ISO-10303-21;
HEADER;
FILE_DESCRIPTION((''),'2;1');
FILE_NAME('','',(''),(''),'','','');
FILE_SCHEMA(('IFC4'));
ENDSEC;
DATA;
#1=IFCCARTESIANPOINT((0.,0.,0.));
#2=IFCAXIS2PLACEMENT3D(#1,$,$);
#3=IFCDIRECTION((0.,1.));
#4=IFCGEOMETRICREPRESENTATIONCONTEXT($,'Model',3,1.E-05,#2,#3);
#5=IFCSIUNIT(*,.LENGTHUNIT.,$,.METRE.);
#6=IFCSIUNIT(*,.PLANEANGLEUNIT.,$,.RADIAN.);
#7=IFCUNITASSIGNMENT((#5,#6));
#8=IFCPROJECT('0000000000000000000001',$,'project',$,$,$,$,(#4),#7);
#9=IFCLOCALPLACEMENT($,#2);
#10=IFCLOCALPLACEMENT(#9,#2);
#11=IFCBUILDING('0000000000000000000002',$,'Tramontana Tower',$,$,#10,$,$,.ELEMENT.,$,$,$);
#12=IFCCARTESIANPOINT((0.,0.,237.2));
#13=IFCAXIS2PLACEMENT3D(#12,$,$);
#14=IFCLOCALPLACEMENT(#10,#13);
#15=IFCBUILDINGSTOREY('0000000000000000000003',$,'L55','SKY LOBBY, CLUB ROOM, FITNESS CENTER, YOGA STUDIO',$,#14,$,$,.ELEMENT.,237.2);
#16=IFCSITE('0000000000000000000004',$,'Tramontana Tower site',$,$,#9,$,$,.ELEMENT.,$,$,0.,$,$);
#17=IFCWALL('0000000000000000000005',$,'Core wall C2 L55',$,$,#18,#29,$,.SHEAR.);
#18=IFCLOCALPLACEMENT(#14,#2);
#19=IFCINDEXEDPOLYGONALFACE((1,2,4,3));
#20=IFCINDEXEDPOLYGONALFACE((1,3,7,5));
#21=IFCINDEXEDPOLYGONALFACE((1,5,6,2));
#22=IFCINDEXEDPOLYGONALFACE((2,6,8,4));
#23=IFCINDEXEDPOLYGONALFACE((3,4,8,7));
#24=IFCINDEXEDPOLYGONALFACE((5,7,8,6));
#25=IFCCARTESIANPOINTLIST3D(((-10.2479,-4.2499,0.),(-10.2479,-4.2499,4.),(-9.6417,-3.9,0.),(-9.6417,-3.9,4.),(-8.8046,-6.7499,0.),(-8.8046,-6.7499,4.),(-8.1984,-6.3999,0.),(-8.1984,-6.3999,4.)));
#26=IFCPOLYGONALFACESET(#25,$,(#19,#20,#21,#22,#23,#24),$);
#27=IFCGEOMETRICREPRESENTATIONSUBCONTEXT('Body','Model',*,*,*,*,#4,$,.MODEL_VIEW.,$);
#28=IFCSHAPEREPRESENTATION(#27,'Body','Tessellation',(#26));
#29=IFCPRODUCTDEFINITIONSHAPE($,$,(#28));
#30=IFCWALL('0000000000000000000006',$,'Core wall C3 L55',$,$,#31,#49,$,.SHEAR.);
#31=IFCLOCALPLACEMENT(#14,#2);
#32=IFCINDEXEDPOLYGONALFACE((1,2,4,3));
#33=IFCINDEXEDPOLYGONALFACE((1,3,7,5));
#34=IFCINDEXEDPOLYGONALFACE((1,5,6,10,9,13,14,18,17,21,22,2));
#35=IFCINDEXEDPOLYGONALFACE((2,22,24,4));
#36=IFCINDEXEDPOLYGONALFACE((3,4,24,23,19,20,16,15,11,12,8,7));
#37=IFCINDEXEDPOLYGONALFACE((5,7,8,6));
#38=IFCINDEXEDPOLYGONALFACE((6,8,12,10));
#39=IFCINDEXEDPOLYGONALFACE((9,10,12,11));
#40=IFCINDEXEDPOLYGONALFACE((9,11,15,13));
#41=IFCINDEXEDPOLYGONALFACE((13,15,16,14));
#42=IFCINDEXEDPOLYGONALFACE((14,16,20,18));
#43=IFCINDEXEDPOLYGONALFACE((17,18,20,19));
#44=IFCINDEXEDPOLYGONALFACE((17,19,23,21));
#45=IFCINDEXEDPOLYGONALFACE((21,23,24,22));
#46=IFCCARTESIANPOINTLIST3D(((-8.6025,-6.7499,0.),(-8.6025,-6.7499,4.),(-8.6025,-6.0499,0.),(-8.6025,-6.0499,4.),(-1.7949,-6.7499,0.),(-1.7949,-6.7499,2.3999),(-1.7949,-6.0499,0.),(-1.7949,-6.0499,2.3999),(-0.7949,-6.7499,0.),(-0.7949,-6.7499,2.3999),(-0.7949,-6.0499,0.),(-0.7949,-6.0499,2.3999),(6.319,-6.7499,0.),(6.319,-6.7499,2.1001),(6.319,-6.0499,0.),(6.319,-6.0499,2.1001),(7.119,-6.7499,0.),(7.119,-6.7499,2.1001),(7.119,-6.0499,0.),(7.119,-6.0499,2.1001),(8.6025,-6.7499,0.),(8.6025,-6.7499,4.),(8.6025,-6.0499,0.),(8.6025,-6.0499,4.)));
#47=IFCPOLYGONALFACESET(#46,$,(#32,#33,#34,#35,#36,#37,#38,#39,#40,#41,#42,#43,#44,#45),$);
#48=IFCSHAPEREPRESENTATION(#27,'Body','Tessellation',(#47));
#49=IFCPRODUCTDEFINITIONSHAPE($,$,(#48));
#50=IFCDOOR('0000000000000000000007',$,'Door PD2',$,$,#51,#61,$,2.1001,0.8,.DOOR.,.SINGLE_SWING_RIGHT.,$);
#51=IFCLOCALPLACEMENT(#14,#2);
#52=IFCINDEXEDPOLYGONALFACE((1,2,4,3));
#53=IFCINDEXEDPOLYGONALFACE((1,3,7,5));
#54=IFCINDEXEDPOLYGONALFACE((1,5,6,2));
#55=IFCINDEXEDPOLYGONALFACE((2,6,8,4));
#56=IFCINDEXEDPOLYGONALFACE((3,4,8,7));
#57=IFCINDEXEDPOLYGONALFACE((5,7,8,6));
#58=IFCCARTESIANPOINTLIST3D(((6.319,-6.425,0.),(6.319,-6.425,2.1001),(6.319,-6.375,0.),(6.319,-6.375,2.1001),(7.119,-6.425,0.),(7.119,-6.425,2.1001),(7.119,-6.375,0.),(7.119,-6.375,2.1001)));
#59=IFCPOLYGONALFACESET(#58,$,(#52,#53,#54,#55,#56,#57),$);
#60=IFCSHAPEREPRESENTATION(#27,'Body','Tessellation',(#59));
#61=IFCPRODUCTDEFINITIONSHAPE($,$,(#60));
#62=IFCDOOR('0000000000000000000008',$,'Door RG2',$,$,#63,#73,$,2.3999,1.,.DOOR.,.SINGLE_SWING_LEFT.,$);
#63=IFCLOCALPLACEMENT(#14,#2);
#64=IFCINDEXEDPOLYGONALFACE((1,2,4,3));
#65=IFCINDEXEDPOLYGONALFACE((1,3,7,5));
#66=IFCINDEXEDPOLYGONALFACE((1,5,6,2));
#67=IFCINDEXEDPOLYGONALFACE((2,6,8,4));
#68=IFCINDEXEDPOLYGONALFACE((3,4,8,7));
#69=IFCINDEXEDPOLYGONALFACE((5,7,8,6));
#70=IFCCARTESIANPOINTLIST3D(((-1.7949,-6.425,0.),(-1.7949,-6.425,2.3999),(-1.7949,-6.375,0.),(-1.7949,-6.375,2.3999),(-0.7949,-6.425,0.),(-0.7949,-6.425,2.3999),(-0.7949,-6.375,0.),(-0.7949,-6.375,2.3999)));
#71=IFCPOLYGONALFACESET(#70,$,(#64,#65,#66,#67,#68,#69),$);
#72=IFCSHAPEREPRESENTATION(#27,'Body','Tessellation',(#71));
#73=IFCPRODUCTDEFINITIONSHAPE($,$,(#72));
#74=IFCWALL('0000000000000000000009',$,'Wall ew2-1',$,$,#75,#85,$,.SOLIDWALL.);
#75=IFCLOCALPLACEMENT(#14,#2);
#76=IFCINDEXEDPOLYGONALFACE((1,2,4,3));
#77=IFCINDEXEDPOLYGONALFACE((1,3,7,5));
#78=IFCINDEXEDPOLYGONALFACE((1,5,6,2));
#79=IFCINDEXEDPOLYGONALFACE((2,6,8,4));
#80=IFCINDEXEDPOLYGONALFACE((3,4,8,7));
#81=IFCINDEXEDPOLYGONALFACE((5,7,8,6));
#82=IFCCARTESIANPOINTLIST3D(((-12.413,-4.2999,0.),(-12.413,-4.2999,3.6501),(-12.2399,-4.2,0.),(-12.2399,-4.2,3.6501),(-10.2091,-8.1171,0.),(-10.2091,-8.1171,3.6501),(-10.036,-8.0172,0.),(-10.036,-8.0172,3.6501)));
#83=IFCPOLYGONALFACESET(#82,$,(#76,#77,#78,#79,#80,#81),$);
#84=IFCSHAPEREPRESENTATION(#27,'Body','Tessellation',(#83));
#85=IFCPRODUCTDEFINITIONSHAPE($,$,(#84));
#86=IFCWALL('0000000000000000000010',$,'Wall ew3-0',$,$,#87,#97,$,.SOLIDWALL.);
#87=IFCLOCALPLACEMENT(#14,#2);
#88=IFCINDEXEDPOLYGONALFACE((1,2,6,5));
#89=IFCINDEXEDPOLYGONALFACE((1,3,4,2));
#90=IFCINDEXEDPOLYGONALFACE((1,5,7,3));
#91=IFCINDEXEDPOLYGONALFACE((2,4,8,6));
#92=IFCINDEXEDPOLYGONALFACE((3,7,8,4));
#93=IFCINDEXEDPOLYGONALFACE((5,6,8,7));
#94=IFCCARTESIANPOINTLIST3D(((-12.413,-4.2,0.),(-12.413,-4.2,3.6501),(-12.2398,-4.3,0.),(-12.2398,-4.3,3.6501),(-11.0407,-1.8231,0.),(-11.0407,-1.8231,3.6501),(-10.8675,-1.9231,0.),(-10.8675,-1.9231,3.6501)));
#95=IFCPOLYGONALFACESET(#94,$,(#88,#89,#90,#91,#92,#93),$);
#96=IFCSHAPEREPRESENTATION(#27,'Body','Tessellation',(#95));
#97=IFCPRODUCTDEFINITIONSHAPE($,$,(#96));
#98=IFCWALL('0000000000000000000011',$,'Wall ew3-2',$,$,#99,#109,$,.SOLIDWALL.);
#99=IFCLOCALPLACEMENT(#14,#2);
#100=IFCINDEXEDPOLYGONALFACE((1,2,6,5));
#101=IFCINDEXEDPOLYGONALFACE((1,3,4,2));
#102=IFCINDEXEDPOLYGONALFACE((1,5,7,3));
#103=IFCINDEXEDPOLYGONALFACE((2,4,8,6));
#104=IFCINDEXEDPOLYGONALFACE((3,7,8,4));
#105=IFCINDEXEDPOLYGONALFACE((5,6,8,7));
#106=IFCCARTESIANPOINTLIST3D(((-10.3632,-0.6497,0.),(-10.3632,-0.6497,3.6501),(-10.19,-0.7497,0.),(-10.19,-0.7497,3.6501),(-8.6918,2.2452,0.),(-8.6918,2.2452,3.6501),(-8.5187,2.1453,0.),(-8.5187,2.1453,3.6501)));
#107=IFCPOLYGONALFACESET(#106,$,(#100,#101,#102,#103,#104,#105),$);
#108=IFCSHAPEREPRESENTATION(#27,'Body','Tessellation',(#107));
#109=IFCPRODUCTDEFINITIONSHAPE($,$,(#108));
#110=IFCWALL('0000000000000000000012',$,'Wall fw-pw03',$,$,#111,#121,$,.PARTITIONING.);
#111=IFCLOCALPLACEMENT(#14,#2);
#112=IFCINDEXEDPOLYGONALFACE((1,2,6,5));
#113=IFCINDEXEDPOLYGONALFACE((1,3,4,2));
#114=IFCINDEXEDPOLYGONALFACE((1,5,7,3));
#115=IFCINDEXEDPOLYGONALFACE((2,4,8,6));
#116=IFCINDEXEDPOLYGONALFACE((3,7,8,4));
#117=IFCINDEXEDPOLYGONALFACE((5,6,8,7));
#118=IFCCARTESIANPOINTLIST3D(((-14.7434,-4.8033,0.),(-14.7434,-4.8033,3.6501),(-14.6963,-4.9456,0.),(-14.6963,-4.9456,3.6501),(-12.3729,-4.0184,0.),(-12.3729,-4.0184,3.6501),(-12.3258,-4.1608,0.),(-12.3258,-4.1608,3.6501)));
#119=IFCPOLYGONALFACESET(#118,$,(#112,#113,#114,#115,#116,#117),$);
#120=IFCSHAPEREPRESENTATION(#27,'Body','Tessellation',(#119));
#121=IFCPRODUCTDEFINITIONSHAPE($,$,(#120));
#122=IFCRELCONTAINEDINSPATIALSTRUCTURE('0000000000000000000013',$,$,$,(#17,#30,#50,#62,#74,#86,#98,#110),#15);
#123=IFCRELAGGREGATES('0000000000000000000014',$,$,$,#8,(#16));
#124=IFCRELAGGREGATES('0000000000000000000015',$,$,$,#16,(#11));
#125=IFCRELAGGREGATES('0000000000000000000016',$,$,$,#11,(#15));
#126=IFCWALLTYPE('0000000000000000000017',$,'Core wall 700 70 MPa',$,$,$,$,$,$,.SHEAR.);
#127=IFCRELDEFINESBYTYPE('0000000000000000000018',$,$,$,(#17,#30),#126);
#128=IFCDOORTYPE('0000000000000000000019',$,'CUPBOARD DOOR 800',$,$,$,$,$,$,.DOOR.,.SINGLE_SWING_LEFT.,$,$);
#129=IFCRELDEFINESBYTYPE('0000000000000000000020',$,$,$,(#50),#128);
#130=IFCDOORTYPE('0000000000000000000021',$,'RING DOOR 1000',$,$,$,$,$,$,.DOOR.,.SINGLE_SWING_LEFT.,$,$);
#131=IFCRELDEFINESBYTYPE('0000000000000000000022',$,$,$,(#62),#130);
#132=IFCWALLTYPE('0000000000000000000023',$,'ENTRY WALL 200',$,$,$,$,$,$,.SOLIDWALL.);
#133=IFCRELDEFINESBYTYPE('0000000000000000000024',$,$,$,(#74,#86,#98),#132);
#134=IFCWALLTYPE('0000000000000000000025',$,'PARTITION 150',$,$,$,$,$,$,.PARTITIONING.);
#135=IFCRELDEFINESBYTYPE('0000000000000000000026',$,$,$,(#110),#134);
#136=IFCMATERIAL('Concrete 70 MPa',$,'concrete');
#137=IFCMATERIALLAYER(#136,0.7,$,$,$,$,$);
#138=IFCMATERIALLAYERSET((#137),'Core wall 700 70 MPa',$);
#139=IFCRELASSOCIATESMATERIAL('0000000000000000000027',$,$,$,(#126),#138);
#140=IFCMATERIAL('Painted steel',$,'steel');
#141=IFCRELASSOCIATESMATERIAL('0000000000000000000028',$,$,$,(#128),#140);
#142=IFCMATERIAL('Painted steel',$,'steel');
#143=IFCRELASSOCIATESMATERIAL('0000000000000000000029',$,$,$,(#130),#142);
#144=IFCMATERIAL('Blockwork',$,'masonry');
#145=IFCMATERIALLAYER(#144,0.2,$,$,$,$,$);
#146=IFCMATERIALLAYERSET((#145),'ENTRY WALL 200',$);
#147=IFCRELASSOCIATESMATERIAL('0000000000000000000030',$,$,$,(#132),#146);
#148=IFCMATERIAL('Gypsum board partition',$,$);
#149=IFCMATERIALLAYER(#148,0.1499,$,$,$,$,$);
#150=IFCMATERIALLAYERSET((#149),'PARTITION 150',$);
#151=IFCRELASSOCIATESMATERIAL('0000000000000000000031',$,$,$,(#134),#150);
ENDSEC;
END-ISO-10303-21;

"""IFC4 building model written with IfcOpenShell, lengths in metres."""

from ifc_helpers import new_model, si_unit, direction, frame, frame_2d, origin, place, context, subcontext, project, spatial, rectangle, extrude, material, layer, layer_set, type_object, element, fill, save


model = new_model("IFC4")

# Units and contexts
model_context = context("Model", 3, precision=1e-05, world=origin(), true_north=direction((0.0, 1.0)))
body_context = subcontext(model_context, "Body", "Model", "MODEL_VIEW")
ifc_project = project(units=[si_unit("LENGTHUNIT", "METRE"), si_unit("PLANEANGLEUNIT", "RADIAN")], contexts=[model_context])

# Site, building, storey
site_placement = place(None, origin())
site = spatial("IfcSite", under=ifc_project, at=site_placement, Name="Tramontana Tower site", CompositionType="ELEMENT", RefElevation=0.0)
building_placement = place(site_placement, origin())
building = spatial("IfcBuilding", under=site, at=building_placement, Name="Tramontana Tower", CompositionType="ELEMENT")
storey_placement = place(building_placement, frame((0.0, 0.0, 237.2)))
storey = spatial("IfcBuildingStorey", under=building, at=storey_placement, Name="L55", Description="SKY LOBBY, CLUB ROOM, FITNESS CENTER, YOGA STUDIO", CompositionType="ELEMENT", Elevation=237.2)

# Wall
ifc_material_1 = material(Name="Concrete 70 MPa", Category="concrete")
ifc_layer_1 = layer(ifc_material_1, 0.7)
ifc_layer_set_1 = layer_set([ifc_layer_1], Name="Core wall 700 70 MPa")
wall_type_1 = type_object("IfcWallType", Name="Core wall 700 70 MPa", PredefinedType="SHEAR", material=ifc_layer_set_1)
wall_1_placement = place(storey_placement, frame((-9.9448, -4.075, 0.0), z_axis=(0.0, 0.0, 1.0), x_axis=(0.499996, -0.866028, 0.0)))
element("IfcWall", 1, at=wall_1_placement, inside=storey, type_object=wall_type_1, Name="Core wall C2 L55", PredefinedType="SHEAR", context=body_context, shape_type="SweptSolid", body=[
    extrude(rectangle(XDim=2.8867, YDim=0.7, at=frame_2d((1.4434, 0.0))), origin(), (0.0, 0.0, 1.0), 4.0),
])

# Wall, openings, doors
wall_2_placement = place(storey_placement, frame((-8.6025, -6.3999, 0.0), z_axis=(0.0, 0.0, 1.0), x_axis=(1.0, 0.0, 0.0)))
wall_2 = element("IfcWall", 2, at=wall_2_placement, inside=storey, type_object=wall_type_1, Name="Core wall C3 L55", PredefinedType="SHEAR", context=body_context, shape_type="SweptSolid", body=[
    extrude(rectangle(XDim=17.2051, YDim=0.7, at=frame_2d((8.6025, 0.0))), origin(), (0.0, 0.0, 1.0), 4.0),
])
opening_1_placement = place(wall_2_placement, frame((6.8076, 0.0, 0.0)))
opening_1 = element("IfcOpeningElement", 3, at=opening_1_placement, cuts=wall_2, PredefinedType="OPENING", context=body_context, shape_type="SweptSolid", body=[
    extrude(rectangle(XDim=1.0, YDim=2.3999, at=frame_2d((0.5, 1.2))), frame((0.0, 0.3599, 0.0), z_axis=(0.0, -1.0, 0.0), x_axis=(1.0, 0.0, 0.0)), (0.0, 0.0, 1.0), 0.72),
])
opening_2_placement = place(wall_2_placement, frame((14.9216, 0.0, 0.0)))
opening_2 = element("IfcOpeningElement", 4, at=opening_2_placement, cuts=wall_2, PredefinedType="OPENING", context=body_context, shape_type="SweptSolid", body=[
    extrude(rectangle(XDim=0.8, YDim=2.1001, at=frame_2d((0.3999, 1.05))), frame((0.0, 0.3599, 0.0), z_axis=(0.0, -1.0, 0.0), x_axis=(1.0, 0.0, 0.0)), (0.0, 0.0, 1.0), 0.72),
])
ifc_material_2 = material(Name="Painted steel", Category="steel")
door_type_1 = type_object("IfcDoorType", Name="CUPBOARD DOOR 800", OperationType="SINGLE_SWING_LEFT", PredefinedType="DOOR", material=ifc_material_2)
door_1_placement = place(opening_2_placement, origin())
door_1 = element("IfcDoor", 5, at=door_1_placement, inside=storey, type_object=door_type_1, Name="Door PD2", OperationType="SINGLE_SWING_RIGHT", OverallHeight=2.1001, OverallWidth=0.8, PredefinedType="DOOR", context=body_context, shape_type="SweptSolid", body=[
    extrude(rectangle(XDim=0.8, YDim=2.1001, at=frame_2d((0.3999, 1.05))), frame((0.0, 0.0249, 0.0), z_axis=(0.0, -1.0, 0.0), x_axis=(1.0, 0.0, 0.0)), (0.0, 0.0, 1.0), 0.05),
])
fill(opening_2, door_1)
ifc_material_3 = material(Name="Painted steel", Category="steel")
door_type_2 = type_object("IfcDoorType", Name="RING DOOR 1000", OperationType="SINGLE_SWING_LEFT", PredefinedType="DOOR", material=ifc_material_3)
door_2_placement = place(opening_1_placement, origin())
door_2 = element("IfcDoor", 6, at=door_2_placement, inside=storey, type_object=door_type_2, Name="Door RG2", OperationType="SINGLE_SWING_LEFT", OverallHeight=2.3999, OverallWidth=1.0, PredefinedType="DOOR", context=body_context, shape_type="SweptSolid", body=[
    extrude(rectangle(XDim=1.0, YDim=2.3999, at=frame_2d((0.5, 1.2))), frame((0.0, 0.0249, 0.0), z_axis=(0.0, -1.0, 0.0), x_axis=(1.0, 0.0, 0.0)), (0.0, 0.0, 1.0), 0.05),
])
fill(opening_1, door_2)

# Walls
ifc_material_4 = material(Name="Blockwork", Category="masonry")
ifc_layer_2 = layer(ifc_material_4, 0.2)
ifc_layer_set_2 = layer_set([ifc_layer_2], Name="ENTRY WALL 200")
wall_type_2 = type_object("IfcWallType", Name="ENTRY WALL 200", PredefinedType="SOLIDWALL", material=ifc_layer_set_2)
wall_3_placement = place(storey_placement, frame((-10.1226, -8.0671, 0.0), z_axis=(0.0, 0.0, 1.0), x_axis=(-0.500005, 0.866022, 0.0)))
element("IfcWall", 7, at=wall_3_placement, inside=storey, type_object=wall_type_2, Name="Wall ew2-1", PredefinedType="SOLIDWALL", context=body_context, shape_type="SweptSolid", body=[
    extrude(rectangle(XDim=4.4077, YDim=0.2, at=frame_2d((2.2039, 0.0))), origin(), (0.0, 0.0, 1.0), 3.6501),
])
wall_4_placement = place(storey_placement, frame((-12.3264, -4.25, 0.0), z_axis=(0.0, 0.0, 1.0), x_axis=(0.499995, 0.866029, 0.0)))
element("IfcWall", 8, at=wall_4_placement, inside=storey, type_object=wall_type_2, Name="Wall ew3-0", PredefinedType="SOLIDWALL", context=body_context, shape_type="SweptSolid", body=[
    extrude(rectangle(XDim=2.7446, YDim=0.2, at=frame_2d((1.3723, 0.0))), origin(), (0.0, 0.0, 1.0), 3.6501),
])

# Walls
wall_5_placement = place(storey_placement, frame((-10.2766, -0.6997, 0.0), z_axis=(0.0, 0.0, 1.0), x_axis=(0.499988, 0.866032, 0.0)))
element("IfcWall", 9, at=wall_5_placement, inside=storey, type_object=wall_type_2, Name="Wall ew3-2", PredefinedType="SOLIDWALL", context=body_context, shape_type="SweptSolid", body=[
    extrude(rectangle(XDim=3.3428, YDim=0.2, at=frame_2d((1.6714, 0.0))), origin(), (0.0, 0.0, 1.0), 3.6501),
])
ifc_material_5 = material(Name="Gypsum board partition")
ifc_layer_3 = layer(ifc_material_5, 0.1499)
ifc_layer_set_3 = layer_set([ifc_layer_3], Name="PARTITION 150")
wall_type_3 = type_object("IfcWallType", Name="PARTITION 150", PredefinedType="PARTITIONING", material=ifc_layer_set_3)
wall_6_placement = place(storey_placement, frame((-12.3494, -4.0896, 0.0), z_axis=(0.0, 0.0, 1.0), x_axis=(-0.949317, -0.314321, 0.0)))
element("IfcWall", 10, at=wall_6_placement, inside=storey, type_object=wall_type_3, Name="Wall fw-pw03", PredefinedType="PARTITIONING", context=body_context, shape_type="SweptSolid", body=[
    extrude(rectangle(XDim=2.4971, YDim=0.1499, at=frame_2d((1.2485, 0.0))), origin(), (0.0, 0.0, 1.0), 3.6501),
])

save(model, "model.ifc")
